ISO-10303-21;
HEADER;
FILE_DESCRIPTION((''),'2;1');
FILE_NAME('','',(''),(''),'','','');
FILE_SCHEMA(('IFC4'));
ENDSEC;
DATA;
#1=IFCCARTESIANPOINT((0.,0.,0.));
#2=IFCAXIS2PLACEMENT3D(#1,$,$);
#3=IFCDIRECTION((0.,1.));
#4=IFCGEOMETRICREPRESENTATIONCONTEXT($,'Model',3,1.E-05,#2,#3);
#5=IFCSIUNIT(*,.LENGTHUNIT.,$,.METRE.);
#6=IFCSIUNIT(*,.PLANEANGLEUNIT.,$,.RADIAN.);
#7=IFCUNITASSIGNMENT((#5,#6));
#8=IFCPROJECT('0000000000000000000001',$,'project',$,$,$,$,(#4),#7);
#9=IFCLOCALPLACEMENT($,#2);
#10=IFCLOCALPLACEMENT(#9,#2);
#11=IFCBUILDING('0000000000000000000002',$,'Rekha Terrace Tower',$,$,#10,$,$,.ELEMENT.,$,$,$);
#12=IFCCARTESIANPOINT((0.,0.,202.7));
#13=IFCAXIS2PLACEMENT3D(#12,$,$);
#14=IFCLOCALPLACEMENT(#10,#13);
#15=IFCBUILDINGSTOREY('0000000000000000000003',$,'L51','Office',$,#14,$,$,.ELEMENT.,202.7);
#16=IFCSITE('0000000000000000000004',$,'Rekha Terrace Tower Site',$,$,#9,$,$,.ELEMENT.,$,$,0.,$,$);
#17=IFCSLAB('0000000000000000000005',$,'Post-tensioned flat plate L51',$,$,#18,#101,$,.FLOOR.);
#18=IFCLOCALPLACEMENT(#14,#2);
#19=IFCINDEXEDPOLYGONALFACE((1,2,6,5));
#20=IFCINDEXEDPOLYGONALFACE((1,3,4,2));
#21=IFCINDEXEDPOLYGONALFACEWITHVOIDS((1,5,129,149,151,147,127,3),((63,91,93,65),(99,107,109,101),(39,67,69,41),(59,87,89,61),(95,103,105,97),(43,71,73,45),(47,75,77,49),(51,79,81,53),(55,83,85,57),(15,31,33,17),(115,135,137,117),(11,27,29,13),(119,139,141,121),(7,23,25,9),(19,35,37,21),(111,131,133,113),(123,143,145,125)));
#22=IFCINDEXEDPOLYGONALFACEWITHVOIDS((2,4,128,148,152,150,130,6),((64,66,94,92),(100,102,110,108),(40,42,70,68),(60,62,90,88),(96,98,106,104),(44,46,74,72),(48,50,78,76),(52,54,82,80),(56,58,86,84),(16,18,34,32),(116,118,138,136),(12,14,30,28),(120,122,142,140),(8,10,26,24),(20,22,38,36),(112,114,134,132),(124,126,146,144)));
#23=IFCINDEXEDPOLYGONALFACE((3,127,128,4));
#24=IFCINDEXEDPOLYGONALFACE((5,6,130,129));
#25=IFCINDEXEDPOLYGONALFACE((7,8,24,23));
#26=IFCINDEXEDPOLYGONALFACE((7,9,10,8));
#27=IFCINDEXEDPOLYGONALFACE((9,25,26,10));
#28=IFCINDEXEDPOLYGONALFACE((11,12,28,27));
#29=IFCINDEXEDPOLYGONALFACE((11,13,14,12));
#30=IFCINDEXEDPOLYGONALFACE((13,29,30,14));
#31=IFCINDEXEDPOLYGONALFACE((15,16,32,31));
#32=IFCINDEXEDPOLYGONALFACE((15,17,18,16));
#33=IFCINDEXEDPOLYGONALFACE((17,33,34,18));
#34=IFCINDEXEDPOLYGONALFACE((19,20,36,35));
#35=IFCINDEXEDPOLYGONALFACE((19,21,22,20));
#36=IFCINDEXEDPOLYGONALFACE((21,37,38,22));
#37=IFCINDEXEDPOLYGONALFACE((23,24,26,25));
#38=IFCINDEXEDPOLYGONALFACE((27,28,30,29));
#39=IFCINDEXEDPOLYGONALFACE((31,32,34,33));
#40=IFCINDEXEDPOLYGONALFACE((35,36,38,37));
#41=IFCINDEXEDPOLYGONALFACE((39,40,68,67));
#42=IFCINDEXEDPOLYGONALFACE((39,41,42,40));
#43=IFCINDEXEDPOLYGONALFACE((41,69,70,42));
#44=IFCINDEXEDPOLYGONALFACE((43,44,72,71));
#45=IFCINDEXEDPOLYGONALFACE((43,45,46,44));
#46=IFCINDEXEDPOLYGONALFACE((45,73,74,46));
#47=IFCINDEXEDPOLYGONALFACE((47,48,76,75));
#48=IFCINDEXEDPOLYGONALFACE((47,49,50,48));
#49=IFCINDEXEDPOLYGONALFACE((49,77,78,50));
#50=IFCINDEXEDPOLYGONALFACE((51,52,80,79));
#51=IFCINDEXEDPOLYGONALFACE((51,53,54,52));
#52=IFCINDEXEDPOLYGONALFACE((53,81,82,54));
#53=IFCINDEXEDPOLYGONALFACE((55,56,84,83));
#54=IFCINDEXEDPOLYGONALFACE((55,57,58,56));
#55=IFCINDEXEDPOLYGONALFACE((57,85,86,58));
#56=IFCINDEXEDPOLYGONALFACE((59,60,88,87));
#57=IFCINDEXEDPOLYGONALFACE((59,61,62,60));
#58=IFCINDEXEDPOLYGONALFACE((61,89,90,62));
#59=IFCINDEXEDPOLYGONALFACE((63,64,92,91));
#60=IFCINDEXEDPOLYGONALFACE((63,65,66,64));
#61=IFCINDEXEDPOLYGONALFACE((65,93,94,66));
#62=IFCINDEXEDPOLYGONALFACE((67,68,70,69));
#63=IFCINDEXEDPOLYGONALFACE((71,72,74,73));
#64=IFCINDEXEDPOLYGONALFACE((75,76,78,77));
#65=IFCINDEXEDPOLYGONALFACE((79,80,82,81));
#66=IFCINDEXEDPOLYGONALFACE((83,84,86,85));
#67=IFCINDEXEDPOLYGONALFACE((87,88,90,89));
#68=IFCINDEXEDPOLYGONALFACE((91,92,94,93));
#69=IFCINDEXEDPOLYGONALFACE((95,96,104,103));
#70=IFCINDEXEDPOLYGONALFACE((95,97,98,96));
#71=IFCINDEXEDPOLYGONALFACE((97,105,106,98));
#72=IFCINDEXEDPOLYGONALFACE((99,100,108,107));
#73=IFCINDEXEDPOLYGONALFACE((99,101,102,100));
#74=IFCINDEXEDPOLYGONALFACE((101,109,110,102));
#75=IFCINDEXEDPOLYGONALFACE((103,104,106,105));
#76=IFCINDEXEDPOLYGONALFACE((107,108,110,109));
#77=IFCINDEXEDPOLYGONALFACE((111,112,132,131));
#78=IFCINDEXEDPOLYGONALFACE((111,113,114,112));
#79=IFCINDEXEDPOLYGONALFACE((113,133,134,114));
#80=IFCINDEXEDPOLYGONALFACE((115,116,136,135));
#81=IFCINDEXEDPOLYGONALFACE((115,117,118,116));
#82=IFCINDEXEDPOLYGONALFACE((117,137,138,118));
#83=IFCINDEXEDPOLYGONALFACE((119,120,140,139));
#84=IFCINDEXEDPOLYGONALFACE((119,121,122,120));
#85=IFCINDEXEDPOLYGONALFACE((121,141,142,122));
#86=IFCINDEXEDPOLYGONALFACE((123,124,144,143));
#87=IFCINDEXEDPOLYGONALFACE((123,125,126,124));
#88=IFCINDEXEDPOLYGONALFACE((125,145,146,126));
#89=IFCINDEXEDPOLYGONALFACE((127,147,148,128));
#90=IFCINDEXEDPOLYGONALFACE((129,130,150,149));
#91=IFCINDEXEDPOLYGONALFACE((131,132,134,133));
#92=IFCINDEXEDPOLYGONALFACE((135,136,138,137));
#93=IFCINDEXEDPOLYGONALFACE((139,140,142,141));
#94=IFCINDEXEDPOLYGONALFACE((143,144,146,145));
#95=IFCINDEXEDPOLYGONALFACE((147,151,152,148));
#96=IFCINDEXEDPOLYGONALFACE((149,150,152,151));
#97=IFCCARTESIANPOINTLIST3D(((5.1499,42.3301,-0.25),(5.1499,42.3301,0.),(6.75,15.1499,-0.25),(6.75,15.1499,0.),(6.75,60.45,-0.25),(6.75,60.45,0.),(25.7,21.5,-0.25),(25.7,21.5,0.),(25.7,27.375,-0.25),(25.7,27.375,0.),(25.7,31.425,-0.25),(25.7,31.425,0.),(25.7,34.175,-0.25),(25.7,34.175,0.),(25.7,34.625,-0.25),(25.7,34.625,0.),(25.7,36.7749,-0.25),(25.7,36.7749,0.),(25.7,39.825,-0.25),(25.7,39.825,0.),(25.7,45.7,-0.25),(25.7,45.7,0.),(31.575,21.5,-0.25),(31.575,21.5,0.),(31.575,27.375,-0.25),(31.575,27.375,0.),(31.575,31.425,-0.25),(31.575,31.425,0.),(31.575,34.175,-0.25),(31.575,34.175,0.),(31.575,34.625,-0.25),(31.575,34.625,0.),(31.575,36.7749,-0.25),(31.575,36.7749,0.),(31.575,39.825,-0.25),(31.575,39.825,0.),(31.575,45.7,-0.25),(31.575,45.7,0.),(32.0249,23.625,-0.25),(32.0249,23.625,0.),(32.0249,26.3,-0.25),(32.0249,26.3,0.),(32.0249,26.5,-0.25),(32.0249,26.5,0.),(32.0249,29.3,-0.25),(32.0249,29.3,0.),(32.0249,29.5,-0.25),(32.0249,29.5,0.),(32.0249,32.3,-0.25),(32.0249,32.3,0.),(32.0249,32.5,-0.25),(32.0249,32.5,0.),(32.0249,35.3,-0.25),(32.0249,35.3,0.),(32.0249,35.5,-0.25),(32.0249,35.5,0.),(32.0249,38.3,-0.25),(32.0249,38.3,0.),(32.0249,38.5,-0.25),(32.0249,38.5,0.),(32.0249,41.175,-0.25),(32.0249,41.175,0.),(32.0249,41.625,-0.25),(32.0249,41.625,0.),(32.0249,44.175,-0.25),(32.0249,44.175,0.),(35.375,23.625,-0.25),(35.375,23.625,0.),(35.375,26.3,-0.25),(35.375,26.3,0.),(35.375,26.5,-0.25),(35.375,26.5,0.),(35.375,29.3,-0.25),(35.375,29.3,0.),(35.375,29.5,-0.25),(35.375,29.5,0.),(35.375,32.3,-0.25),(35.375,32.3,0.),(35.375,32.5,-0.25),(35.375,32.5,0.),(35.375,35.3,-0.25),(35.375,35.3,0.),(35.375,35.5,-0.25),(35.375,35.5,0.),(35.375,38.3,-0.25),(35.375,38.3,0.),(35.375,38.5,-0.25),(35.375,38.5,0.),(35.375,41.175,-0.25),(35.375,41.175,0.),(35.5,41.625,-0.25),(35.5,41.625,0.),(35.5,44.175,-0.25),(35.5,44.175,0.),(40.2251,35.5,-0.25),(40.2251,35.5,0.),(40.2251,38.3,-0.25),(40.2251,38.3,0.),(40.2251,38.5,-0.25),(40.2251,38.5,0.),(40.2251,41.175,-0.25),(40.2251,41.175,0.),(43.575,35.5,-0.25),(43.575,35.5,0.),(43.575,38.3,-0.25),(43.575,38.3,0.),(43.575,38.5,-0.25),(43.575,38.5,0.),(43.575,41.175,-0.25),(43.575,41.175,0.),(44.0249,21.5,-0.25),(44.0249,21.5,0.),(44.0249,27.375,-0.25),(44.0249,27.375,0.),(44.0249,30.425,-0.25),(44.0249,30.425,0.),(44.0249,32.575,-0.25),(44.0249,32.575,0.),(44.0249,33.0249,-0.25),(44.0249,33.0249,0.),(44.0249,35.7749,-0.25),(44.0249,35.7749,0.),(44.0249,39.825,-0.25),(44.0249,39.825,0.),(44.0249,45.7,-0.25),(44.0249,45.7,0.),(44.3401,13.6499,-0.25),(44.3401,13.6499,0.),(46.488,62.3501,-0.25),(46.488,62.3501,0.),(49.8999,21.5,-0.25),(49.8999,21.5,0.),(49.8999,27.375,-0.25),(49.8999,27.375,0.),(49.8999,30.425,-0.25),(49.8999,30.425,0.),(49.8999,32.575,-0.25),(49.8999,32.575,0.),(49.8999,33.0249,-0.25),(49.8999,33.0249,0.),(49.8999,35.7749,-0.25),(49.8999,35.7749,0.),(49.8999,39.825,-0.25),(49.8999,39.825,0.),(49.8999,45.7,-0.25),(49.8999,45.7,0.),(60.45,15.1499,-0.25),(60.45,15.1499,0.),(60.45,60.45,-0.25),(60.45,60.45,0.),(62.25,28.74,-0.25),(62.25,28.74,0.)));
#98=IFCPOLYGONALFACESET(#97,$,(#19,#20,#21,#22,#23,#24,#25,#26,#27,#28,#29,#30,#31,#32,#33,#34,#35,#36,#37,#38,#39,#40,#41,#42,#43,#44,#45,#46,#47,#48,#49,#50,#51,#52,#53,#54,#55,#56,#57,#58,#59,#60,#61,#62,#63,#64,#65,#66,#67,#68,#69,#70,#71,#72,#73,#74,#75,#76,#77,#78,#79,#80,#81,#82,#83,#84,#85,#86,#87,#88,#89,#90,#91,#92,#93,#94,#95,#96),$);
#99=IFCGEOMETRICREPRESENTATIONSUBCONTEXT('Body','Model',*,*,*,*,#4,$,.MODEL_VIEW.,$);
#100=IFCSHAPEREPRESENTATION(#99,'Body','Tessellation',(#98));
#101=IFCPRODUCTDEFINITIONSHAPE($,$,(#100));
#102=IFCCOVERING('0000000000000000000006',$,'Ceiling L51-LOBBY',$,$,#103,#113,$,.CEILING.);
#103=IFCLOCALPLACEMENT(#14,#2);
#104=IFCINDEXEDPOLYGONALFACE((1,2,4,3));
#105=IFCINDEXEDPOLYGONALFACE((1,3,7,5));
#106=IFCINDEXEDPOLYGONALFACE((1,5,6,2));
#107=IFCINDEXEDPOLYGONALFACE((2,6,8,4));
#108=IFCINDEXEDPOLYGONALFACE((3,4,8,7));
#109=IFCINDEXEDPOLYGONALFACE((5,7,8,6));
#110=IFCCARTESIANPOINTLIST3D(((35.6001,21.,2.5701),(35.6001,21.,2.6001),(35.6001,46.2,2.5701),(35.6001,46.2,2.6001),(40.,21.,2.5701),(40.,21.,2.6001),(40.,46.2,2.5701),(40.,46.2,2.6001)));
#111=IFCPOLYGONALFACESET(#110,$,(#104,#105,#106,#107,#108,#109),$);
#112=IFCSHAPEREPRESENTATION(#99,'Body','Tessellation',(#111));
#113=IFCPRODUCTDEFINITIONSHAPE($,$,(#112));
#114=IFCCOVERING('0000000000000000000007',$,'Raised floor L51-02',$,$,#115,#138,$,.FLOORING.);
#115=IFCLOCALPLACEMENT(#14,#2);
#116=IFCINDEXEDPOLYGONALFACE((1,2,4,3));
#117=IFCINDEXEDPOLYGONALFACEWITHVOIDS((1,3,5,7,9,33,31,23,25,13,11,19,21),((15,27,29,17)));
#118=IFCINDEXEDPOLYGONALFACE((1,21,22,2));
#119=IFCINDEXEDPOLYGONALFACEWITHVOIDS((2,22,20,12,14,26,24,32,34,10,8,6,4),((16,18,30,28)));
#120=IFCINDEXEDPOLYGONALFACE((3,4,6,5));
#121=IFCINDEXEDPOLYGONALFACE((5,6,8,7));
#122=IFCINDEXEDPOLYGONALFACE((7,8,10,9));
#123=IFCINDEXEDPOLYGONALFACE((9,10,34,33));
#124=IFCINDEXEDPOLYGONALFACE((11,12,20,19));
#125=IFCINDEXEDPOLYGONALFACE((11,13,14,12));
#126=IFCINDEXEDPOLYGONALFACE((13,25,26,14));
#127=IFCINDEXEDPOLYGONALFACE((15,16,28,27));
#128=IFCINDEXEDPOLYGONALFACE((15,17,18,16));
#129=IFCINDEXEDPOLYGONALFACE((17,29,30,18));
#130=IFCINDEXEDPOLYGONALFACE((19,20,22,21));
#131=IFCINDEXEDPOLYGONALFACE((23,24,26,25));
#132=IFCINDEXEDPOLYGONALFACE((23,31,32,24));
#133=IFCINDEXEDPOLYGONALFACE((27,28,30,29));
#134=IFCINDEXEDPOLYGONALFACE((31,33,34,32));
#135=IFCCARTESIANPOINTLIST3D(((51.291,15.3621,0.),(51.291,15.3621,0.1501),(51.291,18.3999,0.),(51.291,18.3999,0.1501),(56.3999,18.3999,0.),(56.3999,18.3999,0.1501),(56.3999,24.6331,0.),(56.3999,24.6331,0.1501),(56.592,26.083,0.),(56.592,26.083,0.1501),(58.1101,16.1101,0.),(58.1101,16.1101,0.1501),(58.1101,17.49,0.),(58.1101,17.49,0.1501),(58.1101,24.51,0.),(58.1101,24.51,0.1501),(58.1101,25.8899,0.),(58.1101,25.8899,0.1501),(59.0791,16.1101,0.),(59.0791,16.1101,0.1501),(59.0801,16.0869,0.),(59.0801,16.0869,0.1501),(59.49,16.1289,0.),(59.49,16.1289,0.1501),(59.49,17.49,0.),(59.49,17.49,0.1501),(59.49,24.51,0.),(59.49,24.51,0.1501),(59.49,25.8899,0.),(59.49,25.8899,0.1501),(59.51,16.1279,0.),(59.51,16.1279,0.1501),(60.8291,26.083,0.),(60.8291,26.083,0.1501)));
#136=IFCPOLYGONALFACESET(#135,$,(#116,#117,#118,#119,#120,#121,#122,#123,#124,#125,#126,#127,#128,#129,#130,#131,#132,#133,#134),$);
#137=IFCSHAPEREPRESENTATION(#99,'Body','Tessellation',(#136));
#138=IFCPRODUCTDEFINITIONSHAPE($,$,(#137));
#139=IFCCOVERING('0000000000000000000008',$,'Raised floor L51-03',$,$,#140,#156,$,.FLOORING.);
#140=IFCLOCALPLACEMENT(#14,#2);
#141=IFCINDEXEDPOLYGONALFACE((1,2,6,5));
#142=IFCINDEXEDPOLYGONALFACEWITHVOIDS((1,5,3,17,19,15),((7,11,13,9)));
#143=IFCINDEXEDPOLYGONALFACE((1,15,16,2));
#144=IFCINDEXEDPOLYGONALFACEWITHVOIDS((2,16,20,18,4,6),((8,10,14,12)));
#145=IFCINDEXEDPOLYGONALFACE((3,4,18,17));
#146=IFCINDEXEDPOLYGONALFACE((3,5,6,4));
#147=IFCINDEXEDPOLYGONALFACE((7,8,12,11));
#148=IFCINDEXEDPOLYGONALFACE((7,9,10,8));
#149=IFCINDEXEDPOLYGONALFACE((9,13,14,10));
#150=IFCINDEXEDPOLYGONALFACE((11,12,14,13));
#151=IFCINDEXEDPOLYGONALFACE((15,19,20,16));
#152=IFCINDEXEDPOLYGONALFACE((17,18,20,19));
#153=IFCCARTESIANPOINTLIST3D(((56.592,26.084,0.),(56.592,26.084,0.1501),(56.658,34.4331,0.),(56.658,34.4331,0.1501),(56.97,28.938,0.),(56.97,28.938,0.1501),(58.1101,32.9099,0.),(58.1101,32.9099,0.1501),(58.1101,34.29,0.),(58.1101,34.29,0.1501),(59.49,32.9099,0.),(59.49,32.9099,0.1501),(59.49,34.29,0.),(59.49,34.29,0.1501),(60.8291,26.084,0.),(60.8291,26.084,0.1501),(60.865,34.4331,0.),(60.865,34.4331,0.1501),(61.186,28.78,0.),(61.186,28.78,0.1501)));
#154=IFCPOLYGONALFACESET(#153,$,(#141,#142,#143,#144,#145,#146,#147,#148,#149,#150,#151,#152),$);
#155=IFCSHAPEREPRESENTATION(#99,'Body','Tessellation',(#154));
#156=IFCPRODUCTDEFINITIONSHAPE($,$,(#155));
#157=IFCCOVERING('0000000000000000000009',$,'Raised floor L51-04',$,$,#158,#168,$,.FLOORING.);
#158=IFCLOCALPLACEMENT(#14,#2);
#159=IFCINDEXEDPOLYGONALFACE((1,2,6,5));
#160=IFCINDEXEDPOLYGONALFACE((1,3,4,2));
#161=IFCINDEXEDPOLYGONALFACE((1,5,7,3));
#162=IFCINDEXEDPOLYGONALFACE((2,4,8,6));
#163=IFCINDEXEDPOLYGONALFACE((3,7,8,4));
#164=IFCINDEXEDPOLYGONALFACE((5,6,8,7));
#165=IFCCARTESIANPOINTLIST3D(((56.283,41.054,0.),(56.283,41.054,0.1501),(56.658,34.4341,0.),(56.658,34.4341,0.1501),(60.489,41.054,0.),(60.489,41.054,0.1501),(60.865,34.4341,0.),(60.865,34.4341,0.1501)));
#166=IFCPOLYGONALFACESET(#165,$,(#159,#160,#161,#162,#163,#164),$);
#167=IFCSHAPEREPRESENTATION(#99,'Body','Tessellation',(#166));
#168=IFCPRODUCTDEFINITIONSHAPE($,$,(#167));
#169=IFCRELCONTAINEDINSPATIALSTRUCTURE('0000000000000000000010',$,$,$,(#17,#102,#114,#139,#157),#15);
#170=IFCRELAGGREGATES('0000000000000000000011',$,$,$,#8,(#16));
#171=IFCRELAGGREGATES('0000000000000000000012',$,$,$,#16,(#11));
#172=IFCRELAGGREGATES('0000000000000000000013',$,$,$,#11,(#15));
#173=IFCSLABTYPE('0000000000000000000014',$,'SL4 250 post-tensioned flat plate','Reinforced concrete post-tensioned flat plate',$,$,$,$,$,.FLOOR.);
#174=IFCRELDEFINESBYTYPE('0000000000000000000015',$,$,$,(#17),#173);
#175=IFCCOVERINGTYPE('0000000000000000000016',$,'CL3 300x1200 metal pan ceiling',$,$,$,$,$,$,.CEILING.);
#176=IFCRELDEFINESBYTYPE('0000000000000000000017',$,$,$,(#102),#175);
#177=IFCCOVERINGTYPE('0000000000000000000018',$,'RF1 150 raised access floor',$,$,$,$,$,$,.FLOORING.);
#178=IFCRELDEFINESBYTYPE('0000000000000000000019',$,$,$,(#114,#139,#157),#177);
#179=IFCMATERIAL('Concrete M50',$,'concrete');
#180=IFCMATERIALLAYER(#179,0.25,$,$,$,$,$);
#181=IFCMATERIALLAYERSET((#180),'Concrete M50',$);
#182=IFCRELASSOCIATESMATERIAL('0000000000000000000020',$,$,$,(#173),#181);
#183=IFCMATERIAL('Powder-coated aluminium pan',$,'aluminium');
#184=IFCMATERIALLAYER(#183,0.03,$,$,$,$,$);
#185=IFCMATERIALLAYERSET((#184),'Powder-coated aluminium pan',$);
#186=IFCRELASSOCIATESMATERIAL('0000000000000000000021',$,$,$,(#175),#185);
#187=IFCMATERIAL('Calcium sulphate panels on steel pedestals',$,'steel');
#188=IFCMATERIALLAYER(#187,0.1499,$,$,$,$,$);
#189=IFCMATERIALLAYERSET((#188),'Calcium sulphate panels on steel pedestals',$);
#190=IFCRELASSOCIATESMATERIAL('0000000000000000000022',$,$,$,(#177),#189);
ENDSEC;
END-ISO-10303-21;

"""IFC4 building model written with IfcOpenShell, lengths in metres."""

from ifc_helpers import new_model, si_unit, direction, frame, origin, place, context, subcontext, project, spatial, polyline, outline, extrude, material, layer, layer_set, type_object, element, save


model = new_model("IFC4")

# Units and contexts
model_context = context("Model", 3, precision=1e-05, world=origin(), true_north=direction((0.0, 1.0)))
body_context = subcontext(model_context, "Body", "Model", "MODEL_VIEW")
ifc_project = project(units=[si_unit("LENGTHUNIT", "METRE"), si_unit("PLANEANGLEUNIT", "RADIAN")], contexts=[model_context])

# Site, building, storey
site_placement = place(None, origin())
site = spatial("IfcSite", under=ifc_project, at=site_placement, Name="Rekha Terrace Tower Site", CompositionType="ELEMENT", RefElevation=0.0)
building_placement = place(site_placement, origin())
building = spatial("IfcBuilding", under=site, at=building_placement, Name="Rekha Terrace Tower", CompositionType="ELEMENT")
storey_placement = place(building_placement, frame((0.0, 0.0, 202.7)))
storey = spatial("IfcBuildingStorey", under=building, at=storey_placement, Name="L51", Description="Office", CompositionType="ELEMENT", Elevation=202.7)

# Slab
ifc_material_1 = material(Name="Concrete M50", Category="concrete")
ifc_layer_1 = layer(ifc_material_1, 0.25)
ifc_layer_set_1 = layer_set([ifc_layer_1], Name="Concrete M50")
slab_type_1 = type_object("IfcSlabType", Name="SL4 250 post-tensioned flat plate", Description="Reinforced concrete post-tensioned flat plate", PredefinedType="FLOOR", material=ifc_layer_set_1)
slab_1_placement = place(storey_placement, frame((0.0, 0.0, -0.25)))
element("IfcSlab", 1, at=slab_1_placement, inside=storey, type_object=slab_type_1, Name="Post-tensioned flat plate L51", PredefinedType="FLOOR", context=body_context, shape_type="SweptSolid", body=[
    extrude(outline(polyline([(5.1499, 42.3301), (6.75, 15.1499), (44.3401, 13.6499), (60.45, 15.1499), (62.25, 28.74), (60.45, 60.45), (46.488, 62.3501), (6.75, 60.45), (5.1499, 42.3301)]), holes=[polyline([(31.575, 27.375), (31.575, 21.5), (25.7, 21.5), (25.7, 27.375), (31.575, 27.375)]), polyline([(35.375, 26.3), (35.375, 23.625), (32.0249, 23.625), (32.0249, 26.3), (35.375, 26.3)]), polyline([(35.375, 29.3), (35.375, 26.5), (32.0249, 26.5), (32.0249, 29.3), (35.375, 29.3)]), polyline([(35.375, 32.3), (35.375, 29.5), (32.0249, 29.5), (32.0249, 32.3), (35.375, 32.3)]), polyline([(31.575, 34.175), (31.575, 31.425), (25.7, 31.425), (25.7, 34.175), (31.575, 34.175)]), polyline([(35.375, 35.3), (35.375, 32.5), (32.0249, 32.5), (32.0249, 35.3), (35.375, 35.3)]), polyline([(31.575, 36.7749), (31.575, 34.625), (25.7, 34.625), (25.7, 36.7749), (31.575, 36.7749)]), polyline([(35.375, 38.3), (35.375, 35.5), (32.0249, 35.5), (32.0249, 38.3), (35.375, 38.3)]), polyline([(31.575, 45.7), (31.575, 39.825), (25.7, 39.825), (25.7, 45.7), (31.575, 45.7)]), polyline([(49.8999, 27.375), (49.8999, 21.5), (44.0249, 21.5), (44.0249, 27.375), (49.8999, 27.375)]), polyline([(49.8999, 32.575), (49.8999, 30.425), (44.0249, 30.425), (44.0249, 32.575), (49.8999, 32.575)]), polyline([(49.8999, 35.7749), (49.8999, 33.0249), (44.0249, 33.0249), (44.0249, 35.7749), (49.8999, 35.7749)]), polyline([(43.575, 38.3), (43.575, 35.5), (40.2251, 35.5), (40.2251, 38.3), (43.575, 38.3)]), polyline([(35.375, 41.175), (35.375, 38.5), (32.0249, 38.5), (32.0249, 41.175), (35.375, 41.175)]), polyline([(43.575, 41.175), (43.575, 38.5), (40.2251, 38.5), (40.2251, 41.175), (43.575, 41.175)]), polyline([(49.8999, 39.825), (44.0249, 39.825), (44.0249, 45.7), (49.8999, 45.7), (49.8999, 39.825)]), polyline([(35.5, 41.625), (32.0249, 41.625), (32.0249, 44.175), (35.5, 44.175), (35.5, 41.625)])]), origin(), (0.0, 0.0, 1.0), 0.25),
])

# Coverings
ifc_material_2 = material(Name="Powder-coated aluminium pan", Category="aluminium")
ifc_layer_2 = layer(ifc_material_2, 0.03)
ifc_layer_set_2 = layer_set([ifc_layer_2], Name="Powder-coated aluminium pan")
covering_type_1 = type_object("IfcCoveringType", Name="CL3 300x1200 metal pan ceiling", PredefinedType="CEILING", material=ifc_layer_set_2)
covering_1_placement = place(storey_placement, frame((0.0, 0.0, 2.5701)))
element("IfcCovering", 2, at=covering_1_placement, inside=storey, type_object=covering_type_1, Name="Ceiling L51-LOBBY", PredefinedType="CEILING", context=body_context, shape_type="SweptSolid", body=[
    extrude(outline(polyline([(40.0, 46.2), (35.6001, 46.2), (35.6001, 21.0), (40.0, 21.0), (40.0, 46.2)])), origin(), (0.0, 0.0, 1.0), 0.03),
])
ifc_material_3 = material(Name="Calcium sulphate panels on steel pedestals", Category="steel")
ifc_layer_3 = layer(ifc_material_3, 0.1499)
ifc_layer_set_3 = layer_set([ifc_layer_3], Name="Calcium sulphate panels on steel pedestals")
covering_type_2 = type_object("IfcCoveringType", Name="RF1 150 raised access floor", PredefinedType="FLOORING", material=ifc_layer_set_3)
covering_2_placement = place(storey_placement, origin())
element("IfcCovering", 3, at=covering_2_placement, inside=storey, type_object=covering_type_2, Name="Raised floor L51-02", PredefinedType="FLOORING", context=body_context, shape_type="SweptSolid", body=[
    extrude(outline(polyline([(56.3999, 18.3999), (51.291, 18.3999), (51.291, 15.3621), (59.0801, 16.0869), (59.0791, 16.1101), (58.1101, 16.1101), (58.1101, 17.49), (59.49, 17.49), (59.49, 16.1289), (59.51, 16.1279), (60.8291, 26.083), (56.592, 26.083), (56.3999, 24.6331), (56.3999, 18.3999)]), holes=[polyline([(59.49, 24.51), (58.1101, 24.51), (58.1101, 25.8899), (59.49, 25.8899), (59.49, 24.51)])]), origin(), (0.0, 0.0, 1.0), 0.1501),
])
covering_3_placement = place(storey_placement, origin())
element("IfcCovering", 4, at=covering_3_placement, inside=storey, type_object=covering_type_2, Name="Raised floor L51-03", PredefinedType="FLOORING", context=body_context, shape_type="SweptSolid", body=[
    extrude(outline(polyline([(56.658, 34.4331), (56.97, 28.938), (56.592, 26.084), (60.8291, 26.084), (61.186, 28.78), (60.865, 34.4331), (56.658, 34.4331)]), holes=[polyline([(59.49, 34.29), (59.49, 32.9099), (58.1101, 32.9099), (58.1101, 34.29), (59.49, 34.29)])]), origin(), (0.0, 0.0, 1.0), 0.1501),
])
covering_4_placement = place(storey_placement, origin())
element("IfcCovering", 5, at=covering_4_placement, inside=storey, type_object=covering_type_2, Name="Raised floor L51-04", PredefinedType="FLOORING", context=body_context, shape_type="SweptSolid", body=[
    extrude(outline(polyline([(56.658, 34.4341), (60.865, 34.4341), (60.489, 41.054), (56.283, 41.054), (56.658, 34.4341)])), origin(), (0.0, 0.0, 1.0), 0.1501),
])

save(model, "model.ifc")
